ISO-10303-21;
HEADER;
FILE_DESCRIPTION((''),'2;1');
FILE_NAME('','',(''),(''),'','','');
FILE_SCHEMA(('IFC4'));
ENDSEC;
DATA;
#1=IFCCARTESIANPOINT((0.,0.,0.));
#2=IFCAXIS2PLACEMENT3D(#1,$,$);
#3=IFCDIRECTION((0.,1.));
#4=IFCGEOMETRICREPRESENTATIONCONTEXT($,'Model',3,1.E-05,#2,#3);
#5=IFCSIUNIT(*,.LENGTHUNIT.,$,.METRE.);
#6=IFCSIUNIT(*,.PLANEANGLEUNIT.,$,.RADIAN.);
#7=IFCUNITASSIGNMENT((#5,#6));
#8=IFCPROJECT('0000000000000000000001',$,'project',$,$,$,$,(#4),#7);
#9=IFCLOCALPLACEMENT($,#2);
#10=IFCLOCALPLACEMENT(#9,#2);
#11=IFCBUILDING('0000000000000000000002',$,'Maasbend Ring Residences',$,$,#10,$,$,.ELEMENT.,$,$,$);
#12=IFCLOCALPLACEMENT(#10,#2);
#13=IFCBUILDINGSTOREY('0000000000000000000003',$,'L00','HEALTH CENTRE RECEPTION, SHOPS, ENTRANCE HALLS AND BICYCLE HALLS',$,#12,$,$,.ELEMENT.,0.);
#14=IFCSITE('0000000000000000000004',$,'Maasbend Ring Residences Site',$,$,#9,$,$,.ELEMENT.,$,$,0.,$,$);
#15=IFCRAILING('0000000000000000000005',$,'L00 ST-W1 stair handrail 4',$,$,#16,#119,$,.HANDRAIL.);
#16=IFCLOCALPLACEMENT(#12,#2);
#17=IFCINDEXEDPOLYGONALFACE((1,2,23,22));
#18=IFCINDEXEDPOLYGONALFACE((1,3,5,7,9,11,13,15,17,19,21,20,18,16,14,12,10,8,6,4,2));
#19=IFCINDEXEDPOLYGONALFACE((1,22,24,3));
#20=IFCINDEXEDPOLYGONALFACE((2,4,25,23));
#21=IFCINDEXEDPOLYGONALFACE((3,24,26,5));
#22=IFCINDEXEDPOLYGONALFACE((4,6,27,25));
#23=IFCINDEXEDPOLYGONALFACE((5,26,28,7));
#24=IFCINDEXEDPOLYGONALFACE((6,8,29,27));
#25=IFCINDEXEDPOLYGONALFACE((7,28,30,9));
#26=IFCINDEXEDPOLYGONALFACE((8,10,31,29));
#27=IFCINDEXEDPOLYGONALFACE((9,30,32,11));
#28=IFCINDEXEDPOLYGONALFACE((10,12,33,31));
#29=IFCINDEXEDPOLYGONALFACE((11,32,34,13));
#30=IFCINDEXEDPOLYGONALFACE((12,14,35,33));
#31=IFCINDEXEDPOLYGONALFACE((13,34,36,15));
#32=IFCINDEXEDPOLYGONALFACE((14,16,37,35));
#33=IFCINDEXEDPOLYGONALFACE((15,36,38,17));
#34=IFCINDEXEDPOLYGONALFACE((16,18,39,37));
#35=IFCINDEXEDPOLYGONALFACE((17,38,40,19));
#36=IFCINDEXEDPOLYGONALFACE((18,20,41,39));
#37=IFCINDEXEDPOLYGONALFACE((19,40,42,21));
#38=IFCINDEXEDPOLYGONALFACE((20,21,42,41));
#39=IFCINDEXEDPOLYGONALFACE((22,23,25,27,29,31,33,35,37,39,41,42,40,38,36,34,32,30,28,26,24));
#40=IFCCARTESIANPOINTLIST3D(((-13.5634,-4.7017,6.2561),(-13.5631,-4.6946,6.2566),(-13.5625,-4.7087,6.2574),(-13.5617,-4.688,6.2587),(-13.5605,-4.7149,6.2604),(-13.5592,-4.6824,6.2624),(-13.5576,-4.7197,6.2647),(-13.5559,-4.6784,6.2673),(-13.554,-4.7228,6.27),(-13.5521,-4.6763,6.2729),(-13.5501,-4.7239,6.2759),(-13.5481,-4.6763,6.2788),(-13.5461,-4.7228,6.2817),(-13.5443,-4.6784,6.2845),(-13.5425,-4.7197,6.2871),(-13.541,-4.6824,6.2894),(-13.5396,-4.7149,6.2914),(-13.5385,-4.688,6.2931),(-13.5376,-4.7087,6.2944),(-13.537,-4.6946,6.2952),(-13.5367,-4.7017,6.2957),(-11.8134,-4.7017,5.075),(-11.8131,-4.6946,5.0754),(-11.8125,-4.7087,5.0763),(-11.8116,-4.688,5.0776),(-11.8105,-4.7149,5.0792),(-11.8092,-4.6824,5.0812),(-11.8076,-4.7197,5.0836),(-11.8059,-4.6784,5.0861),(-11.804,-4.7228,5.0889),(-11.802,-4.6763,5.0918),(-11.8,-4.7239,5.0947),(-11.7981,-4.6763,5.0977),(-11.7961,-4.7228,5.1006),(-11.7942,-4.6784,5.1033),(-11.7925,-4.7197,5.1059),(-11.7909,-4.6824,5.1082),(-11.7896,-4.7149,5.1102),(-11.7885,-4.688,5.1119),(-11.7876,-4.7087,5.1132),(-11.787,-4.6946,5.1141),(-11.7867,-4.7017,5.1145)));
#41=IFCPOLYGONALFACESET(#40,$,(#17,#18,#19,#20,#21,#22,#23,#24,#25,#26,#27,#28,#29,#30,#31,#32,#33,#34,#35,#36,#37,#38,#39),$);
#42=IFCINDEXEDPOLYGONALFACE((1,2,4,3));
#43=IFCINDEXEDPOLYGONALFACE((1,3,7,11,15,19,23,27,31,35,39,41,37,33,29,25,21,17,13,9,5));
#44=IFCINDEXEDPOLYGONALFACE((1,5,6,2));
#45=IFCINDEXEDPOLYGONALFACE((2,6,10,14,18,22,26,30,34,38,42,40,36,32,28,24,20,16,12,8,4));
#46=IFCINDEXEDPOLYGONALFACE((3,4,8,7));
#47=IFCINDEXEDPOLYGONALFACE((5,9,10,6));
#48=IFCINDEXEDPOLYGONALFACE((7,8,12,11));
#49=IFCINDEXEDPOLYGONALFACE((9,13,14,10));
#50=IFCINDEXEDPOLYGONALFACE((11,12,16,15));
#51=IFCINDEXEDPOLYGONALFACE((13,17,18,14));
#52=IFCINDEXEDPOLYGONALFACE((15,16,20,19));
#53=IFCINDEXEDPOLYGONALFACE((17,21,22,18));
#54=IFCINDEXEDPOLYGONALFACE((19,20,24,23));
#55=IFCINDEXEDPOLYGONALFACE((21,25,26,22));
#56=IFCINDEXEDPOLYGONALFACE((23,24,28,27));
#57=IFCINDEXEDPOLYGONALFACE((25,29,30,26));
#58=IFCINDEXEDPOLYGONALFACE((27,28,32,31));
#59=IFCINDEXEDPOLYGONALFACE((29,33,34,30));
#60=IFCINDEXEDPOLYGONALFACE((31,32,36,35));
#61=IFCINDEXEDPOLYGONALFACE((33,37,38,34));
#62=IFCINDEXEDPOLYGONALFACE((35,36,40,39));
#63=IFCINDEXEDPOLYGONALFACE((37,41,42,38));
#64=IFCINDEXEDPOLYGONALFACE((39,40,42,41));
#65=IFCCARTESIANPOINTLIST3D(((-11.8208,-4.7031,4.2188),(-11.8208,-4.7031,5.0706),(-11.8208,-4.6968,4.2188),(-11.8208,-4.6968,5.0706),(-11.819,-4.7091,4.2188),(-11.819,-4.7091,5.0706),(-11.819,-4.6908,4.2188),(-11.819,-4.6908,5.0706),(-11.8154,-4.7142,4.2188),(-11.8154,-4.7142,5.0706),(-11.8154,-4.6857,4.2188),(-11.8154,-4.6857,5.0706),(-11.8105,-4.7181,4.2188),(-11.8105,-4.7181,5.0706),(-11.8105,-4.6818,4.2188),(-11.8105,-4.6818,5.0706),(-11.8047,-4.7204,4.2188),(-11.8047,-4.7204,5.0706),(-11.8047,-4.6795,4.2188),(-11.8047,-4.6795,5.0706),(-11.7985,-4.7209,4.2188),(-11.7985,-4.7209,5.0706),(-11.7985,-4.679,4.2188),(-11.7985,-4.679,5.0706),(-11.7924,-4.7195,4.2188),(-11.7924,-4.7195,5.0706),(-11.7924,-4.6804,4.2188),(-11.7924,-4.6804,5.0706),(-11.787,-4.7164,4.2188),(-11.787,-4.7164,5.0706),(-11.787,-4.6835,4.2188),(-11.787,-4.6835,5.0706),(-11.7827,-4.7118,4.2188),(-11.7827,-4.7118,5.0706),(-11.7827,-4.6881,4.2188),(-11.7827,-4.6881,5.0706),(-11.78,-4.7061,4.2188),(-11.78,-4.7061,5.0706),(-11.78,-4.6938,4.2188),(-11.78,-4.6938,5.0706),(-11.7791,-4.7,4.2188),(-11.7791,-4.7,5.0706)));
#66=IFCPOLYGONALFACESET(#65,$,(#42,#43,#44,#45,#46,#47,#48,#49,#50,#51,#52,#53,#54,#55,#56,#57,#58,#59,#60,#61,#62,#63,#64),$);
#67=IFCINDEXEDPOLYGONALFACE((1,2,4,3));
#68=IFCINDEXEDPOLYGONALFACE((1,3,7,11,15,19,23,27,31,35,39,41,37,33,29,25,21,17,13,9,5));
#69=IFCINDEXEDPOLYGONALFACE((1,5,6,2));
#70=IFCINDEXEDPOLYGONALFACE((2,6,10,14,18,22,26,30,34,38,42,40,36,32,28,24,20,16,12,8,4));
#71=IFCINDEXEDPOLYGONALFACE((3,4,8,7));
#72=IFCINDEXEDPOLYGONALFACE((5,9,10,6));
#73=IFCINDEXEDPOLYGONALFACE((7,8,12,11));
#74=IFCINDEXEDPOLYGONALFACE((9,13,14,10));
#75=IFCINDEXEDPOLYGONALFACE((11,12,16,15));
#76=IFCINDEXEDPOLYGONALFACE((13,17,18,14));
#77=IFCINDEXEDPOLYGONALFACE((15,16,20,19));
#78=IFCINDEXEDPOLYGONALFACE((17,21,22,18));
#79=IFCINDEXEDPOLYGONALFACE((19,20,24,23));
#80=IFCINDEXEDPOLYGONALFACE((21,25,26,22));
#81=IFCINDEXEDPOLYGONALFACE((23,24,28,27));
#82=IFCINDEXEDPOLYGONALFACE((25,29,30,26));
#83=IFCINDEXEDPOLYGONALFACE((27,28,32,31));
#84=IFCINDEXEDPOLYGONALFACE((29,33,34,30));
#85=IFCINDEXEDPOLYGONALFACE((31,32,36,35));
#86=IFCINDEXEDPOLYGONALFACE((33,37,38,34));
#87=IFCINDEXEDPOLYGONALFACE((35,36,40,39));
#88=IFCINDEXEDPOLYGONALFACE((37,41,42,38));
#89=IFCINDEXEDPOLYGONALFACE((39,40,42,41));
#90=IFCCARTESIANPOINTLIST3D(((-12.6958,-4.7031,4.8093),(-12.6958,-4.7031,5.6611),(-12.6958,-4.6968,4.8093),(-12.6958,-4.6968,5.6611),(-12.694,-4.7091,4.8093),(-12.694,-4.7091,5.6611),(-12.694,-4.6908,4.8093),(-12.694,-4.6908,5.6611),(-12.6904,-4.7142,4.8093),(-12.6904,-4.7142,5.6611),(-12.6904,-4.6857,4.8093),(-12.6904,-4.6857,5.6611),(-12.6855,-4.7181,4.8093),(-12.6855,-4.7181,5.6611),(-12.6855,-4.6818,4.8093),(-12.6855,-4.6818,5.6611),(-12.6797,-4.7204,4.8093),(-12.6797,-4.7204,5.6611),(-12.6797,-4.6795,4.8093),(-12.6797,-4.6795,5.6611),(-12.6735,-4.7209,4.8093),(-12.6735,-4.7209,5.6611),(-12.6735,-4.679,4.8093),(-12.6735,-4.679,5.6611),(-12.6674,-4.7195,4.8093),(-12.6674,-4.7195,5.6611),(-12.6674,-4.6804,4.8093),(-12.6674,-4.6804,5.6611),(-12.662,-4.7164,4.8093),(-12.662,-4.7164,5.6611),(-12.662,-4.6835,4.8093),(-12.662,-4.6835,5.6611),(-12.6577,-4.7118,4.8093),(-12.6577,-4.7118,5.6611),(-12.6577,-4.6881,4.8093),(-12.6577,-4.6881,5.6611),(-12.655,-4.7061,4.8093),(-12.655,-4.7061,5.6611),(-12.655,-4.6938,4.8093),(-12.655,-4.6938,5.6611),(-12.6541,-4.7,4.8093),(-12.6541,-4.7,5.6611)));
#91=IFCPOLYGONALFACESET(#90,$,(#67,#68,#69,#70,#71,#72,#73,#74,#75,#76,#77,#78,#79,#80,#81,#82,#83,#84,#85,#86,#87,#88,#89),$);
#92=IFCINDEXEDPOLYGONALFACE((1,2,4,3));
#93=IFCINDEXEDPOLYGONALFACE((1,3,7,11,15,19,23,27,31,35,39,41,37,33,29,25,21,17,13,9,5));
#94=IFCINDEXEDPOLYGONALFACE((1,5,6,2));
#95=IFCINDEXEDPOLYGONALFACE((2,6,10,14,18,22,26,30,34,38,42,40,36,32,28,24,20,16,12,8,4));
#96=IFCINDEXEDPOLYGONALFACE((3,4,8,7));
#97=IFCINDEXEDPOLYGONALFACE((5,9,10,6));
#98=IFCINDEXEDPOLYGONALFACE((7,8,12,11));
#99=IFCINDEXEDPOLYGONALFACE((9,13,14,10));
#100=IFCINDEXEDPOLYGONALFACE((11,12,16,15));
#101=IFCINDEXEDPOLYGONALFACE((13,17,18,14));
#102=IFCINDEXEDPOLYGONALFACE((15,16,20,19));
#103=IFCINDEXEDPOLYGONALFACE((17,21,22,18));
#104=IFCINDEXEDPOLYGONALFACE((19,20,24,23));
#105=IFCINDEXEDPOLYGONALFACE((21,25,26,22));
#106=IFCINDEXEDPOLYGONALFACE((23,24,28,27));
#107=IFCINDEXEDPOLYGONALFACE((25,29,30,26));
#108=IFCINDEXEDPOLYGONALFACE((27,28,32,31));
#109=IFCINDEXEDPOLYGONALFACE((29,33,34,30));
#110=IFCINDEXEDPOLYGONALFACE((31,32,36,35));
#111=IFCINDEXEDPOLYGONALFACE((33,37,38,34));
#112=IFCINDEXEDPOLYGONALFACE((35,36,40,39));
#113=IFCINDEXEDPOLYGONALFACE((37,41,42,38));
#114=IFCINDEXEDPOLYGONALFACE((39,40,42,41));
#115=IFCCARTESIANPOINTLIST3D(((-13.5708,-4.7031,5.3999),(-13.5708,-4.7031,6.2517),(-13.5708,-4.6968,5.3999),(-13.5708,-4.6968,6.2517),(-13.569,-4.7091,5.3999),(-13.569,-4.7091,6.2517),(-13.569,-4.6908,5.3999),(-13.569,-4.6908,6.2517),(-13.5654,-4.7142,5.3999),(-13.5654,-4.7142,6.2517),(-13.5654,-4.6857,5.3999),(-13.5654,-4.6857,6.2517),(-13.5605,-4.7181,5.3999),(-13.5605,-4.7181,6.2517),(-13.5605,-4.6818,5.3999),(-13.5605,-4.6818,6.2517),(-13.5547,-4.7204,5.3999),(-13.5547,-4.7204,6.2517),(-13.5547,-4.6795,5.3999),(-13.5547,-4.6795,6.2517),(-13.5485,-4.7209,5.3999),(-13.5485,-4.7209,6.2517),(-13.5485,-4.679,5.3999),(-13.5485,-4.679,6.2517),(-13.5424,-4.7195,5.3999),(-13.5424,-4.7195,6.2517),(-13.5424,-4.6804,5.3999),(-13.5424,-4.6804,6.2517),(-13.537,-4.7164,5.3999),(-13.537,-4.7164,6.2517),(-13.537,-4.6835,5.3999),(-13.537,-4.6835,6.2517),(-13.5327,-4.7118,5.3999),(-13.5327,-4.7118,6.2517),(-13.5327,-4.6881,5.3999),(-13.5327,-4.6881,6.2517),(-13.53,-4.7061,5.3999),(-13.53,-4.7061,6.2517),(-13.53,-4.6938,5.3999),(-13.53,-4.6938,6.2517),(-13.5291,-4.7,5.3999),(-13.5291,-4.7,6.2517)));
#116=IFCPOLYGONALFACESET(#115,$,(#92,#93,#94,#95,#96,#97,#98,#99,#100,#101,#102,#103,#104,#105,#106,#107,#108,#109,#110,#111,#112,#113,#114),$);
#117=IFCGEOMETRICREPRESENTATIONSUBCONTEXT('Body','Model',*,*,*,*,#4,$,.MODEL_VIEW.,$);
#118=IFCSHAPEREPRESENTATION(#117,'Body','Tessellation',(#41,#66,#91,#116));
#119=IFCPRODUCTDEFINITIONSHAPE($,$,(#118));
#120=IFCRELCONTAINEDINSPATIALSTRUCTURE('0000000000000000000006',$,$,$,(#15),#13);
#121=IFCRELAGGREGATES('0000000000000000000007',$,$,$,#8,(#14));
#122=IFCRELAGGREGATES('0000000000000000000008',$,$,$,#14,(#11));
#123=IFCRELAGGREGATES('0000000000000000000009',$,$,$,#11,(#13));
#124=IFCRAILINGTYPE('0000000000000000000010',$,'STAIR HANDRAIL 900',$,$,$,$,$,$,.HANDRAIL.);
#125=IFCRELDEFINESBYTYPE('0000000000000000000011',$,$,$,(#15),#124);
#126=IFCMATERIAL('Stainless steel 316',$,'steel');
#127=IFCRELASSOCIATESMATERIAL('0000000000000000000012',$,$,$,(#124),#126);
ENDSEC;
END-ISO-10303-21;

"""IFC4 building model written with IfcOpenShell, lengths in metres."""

from ifc_helpers import new_model, si_unit, direction, frame, origin, origin_2d, place, context, subcontext, project, spatial, circle, extrude, material, type_object, element, save


model = new_model("IFC4")

# Units and contexts
model_context = context("Model", 3, precision=1e-05, world=origin(), true_north=direction((0.0, 1.0)))
body_context = subcontext(model_context, "Body", "Model", "MODEL_VIEW")
ifc_project = project(units=[si_unit("LENGTHUNIT", "METRE"), si_unit("PLANEANGLEUNIT", "RADIAN")], contexts=[model_context])

# Site, building, storey
site_placement = place(None, origin())
site = spatial("IfcSite", under=ifc_project, at=site_placement, Name="Maasbend Ring Residences Site", CompositionType="ELEMENT", RefElevation=0.0)
building_placement = place(site_placement, origin())
building = spatial("IfcBuilding", under=site, at=building_placement, Name="Maasbend Ring Residences", CompositionType="ELEMENT")
storey_placement = place(building_placement, origin())
storey = spatial("IfcBuildingStorey", under=building, at=storey_placement, Name="L00", Description="HEALTH CENTRE RECEPTION, SHOPS, ENTRANCE HALLS AND BICYCLE HALLS", CompositionType="ELEMENT", Elevation=0.0)

# Railing
ifc_material_1 = material(Name="Stainless steel 316", Category="steel")
railing_type = type_object("IfcRailingType", Name="STAIR HANDRAIL 900", PredefinedType="HANDRAIL", material=ifc_material_1)
railing_1_placement = place(storey_placement, frame((-11.8, -4.7, 4.2188)))
element("IfcRailing", 1, at=railing_1_placement, inside=storey, type_object=railing_type, Name="L00 ST-W1 stair handrail 4", PredefinedType="HANDRAIL", context=body_context, shape_type="SweptSolid", body=[
    extrude(circle(Radius=0.0239, at=origin_2d()), frame((0.0, 0.0, 0.876), z_axis=(-0.82887, 0.0, 0.559441), x_axis=(0.0, -1.0, 0.0)), (0.0, 0.0, 1.0), 2.1113),
    extrude(circle(Radius=0.021, at=origin_2d()), origin(), (0.0, 0.0, 1.0), 0.8518),
    extrude(circle(Radius=0.021, at=origin_2d()), frame((-0.875, 0.0, 0.5906)), (0.0, 0.0, 1.0), 0.8518),
    extrude(circle(Radius=0.021, at=origin_2d()), frame((-1.75, 0.0, 1.1812)), (0.0, 0.0, 1.0), 0.8518),
])

save(model, "model.ifc")
